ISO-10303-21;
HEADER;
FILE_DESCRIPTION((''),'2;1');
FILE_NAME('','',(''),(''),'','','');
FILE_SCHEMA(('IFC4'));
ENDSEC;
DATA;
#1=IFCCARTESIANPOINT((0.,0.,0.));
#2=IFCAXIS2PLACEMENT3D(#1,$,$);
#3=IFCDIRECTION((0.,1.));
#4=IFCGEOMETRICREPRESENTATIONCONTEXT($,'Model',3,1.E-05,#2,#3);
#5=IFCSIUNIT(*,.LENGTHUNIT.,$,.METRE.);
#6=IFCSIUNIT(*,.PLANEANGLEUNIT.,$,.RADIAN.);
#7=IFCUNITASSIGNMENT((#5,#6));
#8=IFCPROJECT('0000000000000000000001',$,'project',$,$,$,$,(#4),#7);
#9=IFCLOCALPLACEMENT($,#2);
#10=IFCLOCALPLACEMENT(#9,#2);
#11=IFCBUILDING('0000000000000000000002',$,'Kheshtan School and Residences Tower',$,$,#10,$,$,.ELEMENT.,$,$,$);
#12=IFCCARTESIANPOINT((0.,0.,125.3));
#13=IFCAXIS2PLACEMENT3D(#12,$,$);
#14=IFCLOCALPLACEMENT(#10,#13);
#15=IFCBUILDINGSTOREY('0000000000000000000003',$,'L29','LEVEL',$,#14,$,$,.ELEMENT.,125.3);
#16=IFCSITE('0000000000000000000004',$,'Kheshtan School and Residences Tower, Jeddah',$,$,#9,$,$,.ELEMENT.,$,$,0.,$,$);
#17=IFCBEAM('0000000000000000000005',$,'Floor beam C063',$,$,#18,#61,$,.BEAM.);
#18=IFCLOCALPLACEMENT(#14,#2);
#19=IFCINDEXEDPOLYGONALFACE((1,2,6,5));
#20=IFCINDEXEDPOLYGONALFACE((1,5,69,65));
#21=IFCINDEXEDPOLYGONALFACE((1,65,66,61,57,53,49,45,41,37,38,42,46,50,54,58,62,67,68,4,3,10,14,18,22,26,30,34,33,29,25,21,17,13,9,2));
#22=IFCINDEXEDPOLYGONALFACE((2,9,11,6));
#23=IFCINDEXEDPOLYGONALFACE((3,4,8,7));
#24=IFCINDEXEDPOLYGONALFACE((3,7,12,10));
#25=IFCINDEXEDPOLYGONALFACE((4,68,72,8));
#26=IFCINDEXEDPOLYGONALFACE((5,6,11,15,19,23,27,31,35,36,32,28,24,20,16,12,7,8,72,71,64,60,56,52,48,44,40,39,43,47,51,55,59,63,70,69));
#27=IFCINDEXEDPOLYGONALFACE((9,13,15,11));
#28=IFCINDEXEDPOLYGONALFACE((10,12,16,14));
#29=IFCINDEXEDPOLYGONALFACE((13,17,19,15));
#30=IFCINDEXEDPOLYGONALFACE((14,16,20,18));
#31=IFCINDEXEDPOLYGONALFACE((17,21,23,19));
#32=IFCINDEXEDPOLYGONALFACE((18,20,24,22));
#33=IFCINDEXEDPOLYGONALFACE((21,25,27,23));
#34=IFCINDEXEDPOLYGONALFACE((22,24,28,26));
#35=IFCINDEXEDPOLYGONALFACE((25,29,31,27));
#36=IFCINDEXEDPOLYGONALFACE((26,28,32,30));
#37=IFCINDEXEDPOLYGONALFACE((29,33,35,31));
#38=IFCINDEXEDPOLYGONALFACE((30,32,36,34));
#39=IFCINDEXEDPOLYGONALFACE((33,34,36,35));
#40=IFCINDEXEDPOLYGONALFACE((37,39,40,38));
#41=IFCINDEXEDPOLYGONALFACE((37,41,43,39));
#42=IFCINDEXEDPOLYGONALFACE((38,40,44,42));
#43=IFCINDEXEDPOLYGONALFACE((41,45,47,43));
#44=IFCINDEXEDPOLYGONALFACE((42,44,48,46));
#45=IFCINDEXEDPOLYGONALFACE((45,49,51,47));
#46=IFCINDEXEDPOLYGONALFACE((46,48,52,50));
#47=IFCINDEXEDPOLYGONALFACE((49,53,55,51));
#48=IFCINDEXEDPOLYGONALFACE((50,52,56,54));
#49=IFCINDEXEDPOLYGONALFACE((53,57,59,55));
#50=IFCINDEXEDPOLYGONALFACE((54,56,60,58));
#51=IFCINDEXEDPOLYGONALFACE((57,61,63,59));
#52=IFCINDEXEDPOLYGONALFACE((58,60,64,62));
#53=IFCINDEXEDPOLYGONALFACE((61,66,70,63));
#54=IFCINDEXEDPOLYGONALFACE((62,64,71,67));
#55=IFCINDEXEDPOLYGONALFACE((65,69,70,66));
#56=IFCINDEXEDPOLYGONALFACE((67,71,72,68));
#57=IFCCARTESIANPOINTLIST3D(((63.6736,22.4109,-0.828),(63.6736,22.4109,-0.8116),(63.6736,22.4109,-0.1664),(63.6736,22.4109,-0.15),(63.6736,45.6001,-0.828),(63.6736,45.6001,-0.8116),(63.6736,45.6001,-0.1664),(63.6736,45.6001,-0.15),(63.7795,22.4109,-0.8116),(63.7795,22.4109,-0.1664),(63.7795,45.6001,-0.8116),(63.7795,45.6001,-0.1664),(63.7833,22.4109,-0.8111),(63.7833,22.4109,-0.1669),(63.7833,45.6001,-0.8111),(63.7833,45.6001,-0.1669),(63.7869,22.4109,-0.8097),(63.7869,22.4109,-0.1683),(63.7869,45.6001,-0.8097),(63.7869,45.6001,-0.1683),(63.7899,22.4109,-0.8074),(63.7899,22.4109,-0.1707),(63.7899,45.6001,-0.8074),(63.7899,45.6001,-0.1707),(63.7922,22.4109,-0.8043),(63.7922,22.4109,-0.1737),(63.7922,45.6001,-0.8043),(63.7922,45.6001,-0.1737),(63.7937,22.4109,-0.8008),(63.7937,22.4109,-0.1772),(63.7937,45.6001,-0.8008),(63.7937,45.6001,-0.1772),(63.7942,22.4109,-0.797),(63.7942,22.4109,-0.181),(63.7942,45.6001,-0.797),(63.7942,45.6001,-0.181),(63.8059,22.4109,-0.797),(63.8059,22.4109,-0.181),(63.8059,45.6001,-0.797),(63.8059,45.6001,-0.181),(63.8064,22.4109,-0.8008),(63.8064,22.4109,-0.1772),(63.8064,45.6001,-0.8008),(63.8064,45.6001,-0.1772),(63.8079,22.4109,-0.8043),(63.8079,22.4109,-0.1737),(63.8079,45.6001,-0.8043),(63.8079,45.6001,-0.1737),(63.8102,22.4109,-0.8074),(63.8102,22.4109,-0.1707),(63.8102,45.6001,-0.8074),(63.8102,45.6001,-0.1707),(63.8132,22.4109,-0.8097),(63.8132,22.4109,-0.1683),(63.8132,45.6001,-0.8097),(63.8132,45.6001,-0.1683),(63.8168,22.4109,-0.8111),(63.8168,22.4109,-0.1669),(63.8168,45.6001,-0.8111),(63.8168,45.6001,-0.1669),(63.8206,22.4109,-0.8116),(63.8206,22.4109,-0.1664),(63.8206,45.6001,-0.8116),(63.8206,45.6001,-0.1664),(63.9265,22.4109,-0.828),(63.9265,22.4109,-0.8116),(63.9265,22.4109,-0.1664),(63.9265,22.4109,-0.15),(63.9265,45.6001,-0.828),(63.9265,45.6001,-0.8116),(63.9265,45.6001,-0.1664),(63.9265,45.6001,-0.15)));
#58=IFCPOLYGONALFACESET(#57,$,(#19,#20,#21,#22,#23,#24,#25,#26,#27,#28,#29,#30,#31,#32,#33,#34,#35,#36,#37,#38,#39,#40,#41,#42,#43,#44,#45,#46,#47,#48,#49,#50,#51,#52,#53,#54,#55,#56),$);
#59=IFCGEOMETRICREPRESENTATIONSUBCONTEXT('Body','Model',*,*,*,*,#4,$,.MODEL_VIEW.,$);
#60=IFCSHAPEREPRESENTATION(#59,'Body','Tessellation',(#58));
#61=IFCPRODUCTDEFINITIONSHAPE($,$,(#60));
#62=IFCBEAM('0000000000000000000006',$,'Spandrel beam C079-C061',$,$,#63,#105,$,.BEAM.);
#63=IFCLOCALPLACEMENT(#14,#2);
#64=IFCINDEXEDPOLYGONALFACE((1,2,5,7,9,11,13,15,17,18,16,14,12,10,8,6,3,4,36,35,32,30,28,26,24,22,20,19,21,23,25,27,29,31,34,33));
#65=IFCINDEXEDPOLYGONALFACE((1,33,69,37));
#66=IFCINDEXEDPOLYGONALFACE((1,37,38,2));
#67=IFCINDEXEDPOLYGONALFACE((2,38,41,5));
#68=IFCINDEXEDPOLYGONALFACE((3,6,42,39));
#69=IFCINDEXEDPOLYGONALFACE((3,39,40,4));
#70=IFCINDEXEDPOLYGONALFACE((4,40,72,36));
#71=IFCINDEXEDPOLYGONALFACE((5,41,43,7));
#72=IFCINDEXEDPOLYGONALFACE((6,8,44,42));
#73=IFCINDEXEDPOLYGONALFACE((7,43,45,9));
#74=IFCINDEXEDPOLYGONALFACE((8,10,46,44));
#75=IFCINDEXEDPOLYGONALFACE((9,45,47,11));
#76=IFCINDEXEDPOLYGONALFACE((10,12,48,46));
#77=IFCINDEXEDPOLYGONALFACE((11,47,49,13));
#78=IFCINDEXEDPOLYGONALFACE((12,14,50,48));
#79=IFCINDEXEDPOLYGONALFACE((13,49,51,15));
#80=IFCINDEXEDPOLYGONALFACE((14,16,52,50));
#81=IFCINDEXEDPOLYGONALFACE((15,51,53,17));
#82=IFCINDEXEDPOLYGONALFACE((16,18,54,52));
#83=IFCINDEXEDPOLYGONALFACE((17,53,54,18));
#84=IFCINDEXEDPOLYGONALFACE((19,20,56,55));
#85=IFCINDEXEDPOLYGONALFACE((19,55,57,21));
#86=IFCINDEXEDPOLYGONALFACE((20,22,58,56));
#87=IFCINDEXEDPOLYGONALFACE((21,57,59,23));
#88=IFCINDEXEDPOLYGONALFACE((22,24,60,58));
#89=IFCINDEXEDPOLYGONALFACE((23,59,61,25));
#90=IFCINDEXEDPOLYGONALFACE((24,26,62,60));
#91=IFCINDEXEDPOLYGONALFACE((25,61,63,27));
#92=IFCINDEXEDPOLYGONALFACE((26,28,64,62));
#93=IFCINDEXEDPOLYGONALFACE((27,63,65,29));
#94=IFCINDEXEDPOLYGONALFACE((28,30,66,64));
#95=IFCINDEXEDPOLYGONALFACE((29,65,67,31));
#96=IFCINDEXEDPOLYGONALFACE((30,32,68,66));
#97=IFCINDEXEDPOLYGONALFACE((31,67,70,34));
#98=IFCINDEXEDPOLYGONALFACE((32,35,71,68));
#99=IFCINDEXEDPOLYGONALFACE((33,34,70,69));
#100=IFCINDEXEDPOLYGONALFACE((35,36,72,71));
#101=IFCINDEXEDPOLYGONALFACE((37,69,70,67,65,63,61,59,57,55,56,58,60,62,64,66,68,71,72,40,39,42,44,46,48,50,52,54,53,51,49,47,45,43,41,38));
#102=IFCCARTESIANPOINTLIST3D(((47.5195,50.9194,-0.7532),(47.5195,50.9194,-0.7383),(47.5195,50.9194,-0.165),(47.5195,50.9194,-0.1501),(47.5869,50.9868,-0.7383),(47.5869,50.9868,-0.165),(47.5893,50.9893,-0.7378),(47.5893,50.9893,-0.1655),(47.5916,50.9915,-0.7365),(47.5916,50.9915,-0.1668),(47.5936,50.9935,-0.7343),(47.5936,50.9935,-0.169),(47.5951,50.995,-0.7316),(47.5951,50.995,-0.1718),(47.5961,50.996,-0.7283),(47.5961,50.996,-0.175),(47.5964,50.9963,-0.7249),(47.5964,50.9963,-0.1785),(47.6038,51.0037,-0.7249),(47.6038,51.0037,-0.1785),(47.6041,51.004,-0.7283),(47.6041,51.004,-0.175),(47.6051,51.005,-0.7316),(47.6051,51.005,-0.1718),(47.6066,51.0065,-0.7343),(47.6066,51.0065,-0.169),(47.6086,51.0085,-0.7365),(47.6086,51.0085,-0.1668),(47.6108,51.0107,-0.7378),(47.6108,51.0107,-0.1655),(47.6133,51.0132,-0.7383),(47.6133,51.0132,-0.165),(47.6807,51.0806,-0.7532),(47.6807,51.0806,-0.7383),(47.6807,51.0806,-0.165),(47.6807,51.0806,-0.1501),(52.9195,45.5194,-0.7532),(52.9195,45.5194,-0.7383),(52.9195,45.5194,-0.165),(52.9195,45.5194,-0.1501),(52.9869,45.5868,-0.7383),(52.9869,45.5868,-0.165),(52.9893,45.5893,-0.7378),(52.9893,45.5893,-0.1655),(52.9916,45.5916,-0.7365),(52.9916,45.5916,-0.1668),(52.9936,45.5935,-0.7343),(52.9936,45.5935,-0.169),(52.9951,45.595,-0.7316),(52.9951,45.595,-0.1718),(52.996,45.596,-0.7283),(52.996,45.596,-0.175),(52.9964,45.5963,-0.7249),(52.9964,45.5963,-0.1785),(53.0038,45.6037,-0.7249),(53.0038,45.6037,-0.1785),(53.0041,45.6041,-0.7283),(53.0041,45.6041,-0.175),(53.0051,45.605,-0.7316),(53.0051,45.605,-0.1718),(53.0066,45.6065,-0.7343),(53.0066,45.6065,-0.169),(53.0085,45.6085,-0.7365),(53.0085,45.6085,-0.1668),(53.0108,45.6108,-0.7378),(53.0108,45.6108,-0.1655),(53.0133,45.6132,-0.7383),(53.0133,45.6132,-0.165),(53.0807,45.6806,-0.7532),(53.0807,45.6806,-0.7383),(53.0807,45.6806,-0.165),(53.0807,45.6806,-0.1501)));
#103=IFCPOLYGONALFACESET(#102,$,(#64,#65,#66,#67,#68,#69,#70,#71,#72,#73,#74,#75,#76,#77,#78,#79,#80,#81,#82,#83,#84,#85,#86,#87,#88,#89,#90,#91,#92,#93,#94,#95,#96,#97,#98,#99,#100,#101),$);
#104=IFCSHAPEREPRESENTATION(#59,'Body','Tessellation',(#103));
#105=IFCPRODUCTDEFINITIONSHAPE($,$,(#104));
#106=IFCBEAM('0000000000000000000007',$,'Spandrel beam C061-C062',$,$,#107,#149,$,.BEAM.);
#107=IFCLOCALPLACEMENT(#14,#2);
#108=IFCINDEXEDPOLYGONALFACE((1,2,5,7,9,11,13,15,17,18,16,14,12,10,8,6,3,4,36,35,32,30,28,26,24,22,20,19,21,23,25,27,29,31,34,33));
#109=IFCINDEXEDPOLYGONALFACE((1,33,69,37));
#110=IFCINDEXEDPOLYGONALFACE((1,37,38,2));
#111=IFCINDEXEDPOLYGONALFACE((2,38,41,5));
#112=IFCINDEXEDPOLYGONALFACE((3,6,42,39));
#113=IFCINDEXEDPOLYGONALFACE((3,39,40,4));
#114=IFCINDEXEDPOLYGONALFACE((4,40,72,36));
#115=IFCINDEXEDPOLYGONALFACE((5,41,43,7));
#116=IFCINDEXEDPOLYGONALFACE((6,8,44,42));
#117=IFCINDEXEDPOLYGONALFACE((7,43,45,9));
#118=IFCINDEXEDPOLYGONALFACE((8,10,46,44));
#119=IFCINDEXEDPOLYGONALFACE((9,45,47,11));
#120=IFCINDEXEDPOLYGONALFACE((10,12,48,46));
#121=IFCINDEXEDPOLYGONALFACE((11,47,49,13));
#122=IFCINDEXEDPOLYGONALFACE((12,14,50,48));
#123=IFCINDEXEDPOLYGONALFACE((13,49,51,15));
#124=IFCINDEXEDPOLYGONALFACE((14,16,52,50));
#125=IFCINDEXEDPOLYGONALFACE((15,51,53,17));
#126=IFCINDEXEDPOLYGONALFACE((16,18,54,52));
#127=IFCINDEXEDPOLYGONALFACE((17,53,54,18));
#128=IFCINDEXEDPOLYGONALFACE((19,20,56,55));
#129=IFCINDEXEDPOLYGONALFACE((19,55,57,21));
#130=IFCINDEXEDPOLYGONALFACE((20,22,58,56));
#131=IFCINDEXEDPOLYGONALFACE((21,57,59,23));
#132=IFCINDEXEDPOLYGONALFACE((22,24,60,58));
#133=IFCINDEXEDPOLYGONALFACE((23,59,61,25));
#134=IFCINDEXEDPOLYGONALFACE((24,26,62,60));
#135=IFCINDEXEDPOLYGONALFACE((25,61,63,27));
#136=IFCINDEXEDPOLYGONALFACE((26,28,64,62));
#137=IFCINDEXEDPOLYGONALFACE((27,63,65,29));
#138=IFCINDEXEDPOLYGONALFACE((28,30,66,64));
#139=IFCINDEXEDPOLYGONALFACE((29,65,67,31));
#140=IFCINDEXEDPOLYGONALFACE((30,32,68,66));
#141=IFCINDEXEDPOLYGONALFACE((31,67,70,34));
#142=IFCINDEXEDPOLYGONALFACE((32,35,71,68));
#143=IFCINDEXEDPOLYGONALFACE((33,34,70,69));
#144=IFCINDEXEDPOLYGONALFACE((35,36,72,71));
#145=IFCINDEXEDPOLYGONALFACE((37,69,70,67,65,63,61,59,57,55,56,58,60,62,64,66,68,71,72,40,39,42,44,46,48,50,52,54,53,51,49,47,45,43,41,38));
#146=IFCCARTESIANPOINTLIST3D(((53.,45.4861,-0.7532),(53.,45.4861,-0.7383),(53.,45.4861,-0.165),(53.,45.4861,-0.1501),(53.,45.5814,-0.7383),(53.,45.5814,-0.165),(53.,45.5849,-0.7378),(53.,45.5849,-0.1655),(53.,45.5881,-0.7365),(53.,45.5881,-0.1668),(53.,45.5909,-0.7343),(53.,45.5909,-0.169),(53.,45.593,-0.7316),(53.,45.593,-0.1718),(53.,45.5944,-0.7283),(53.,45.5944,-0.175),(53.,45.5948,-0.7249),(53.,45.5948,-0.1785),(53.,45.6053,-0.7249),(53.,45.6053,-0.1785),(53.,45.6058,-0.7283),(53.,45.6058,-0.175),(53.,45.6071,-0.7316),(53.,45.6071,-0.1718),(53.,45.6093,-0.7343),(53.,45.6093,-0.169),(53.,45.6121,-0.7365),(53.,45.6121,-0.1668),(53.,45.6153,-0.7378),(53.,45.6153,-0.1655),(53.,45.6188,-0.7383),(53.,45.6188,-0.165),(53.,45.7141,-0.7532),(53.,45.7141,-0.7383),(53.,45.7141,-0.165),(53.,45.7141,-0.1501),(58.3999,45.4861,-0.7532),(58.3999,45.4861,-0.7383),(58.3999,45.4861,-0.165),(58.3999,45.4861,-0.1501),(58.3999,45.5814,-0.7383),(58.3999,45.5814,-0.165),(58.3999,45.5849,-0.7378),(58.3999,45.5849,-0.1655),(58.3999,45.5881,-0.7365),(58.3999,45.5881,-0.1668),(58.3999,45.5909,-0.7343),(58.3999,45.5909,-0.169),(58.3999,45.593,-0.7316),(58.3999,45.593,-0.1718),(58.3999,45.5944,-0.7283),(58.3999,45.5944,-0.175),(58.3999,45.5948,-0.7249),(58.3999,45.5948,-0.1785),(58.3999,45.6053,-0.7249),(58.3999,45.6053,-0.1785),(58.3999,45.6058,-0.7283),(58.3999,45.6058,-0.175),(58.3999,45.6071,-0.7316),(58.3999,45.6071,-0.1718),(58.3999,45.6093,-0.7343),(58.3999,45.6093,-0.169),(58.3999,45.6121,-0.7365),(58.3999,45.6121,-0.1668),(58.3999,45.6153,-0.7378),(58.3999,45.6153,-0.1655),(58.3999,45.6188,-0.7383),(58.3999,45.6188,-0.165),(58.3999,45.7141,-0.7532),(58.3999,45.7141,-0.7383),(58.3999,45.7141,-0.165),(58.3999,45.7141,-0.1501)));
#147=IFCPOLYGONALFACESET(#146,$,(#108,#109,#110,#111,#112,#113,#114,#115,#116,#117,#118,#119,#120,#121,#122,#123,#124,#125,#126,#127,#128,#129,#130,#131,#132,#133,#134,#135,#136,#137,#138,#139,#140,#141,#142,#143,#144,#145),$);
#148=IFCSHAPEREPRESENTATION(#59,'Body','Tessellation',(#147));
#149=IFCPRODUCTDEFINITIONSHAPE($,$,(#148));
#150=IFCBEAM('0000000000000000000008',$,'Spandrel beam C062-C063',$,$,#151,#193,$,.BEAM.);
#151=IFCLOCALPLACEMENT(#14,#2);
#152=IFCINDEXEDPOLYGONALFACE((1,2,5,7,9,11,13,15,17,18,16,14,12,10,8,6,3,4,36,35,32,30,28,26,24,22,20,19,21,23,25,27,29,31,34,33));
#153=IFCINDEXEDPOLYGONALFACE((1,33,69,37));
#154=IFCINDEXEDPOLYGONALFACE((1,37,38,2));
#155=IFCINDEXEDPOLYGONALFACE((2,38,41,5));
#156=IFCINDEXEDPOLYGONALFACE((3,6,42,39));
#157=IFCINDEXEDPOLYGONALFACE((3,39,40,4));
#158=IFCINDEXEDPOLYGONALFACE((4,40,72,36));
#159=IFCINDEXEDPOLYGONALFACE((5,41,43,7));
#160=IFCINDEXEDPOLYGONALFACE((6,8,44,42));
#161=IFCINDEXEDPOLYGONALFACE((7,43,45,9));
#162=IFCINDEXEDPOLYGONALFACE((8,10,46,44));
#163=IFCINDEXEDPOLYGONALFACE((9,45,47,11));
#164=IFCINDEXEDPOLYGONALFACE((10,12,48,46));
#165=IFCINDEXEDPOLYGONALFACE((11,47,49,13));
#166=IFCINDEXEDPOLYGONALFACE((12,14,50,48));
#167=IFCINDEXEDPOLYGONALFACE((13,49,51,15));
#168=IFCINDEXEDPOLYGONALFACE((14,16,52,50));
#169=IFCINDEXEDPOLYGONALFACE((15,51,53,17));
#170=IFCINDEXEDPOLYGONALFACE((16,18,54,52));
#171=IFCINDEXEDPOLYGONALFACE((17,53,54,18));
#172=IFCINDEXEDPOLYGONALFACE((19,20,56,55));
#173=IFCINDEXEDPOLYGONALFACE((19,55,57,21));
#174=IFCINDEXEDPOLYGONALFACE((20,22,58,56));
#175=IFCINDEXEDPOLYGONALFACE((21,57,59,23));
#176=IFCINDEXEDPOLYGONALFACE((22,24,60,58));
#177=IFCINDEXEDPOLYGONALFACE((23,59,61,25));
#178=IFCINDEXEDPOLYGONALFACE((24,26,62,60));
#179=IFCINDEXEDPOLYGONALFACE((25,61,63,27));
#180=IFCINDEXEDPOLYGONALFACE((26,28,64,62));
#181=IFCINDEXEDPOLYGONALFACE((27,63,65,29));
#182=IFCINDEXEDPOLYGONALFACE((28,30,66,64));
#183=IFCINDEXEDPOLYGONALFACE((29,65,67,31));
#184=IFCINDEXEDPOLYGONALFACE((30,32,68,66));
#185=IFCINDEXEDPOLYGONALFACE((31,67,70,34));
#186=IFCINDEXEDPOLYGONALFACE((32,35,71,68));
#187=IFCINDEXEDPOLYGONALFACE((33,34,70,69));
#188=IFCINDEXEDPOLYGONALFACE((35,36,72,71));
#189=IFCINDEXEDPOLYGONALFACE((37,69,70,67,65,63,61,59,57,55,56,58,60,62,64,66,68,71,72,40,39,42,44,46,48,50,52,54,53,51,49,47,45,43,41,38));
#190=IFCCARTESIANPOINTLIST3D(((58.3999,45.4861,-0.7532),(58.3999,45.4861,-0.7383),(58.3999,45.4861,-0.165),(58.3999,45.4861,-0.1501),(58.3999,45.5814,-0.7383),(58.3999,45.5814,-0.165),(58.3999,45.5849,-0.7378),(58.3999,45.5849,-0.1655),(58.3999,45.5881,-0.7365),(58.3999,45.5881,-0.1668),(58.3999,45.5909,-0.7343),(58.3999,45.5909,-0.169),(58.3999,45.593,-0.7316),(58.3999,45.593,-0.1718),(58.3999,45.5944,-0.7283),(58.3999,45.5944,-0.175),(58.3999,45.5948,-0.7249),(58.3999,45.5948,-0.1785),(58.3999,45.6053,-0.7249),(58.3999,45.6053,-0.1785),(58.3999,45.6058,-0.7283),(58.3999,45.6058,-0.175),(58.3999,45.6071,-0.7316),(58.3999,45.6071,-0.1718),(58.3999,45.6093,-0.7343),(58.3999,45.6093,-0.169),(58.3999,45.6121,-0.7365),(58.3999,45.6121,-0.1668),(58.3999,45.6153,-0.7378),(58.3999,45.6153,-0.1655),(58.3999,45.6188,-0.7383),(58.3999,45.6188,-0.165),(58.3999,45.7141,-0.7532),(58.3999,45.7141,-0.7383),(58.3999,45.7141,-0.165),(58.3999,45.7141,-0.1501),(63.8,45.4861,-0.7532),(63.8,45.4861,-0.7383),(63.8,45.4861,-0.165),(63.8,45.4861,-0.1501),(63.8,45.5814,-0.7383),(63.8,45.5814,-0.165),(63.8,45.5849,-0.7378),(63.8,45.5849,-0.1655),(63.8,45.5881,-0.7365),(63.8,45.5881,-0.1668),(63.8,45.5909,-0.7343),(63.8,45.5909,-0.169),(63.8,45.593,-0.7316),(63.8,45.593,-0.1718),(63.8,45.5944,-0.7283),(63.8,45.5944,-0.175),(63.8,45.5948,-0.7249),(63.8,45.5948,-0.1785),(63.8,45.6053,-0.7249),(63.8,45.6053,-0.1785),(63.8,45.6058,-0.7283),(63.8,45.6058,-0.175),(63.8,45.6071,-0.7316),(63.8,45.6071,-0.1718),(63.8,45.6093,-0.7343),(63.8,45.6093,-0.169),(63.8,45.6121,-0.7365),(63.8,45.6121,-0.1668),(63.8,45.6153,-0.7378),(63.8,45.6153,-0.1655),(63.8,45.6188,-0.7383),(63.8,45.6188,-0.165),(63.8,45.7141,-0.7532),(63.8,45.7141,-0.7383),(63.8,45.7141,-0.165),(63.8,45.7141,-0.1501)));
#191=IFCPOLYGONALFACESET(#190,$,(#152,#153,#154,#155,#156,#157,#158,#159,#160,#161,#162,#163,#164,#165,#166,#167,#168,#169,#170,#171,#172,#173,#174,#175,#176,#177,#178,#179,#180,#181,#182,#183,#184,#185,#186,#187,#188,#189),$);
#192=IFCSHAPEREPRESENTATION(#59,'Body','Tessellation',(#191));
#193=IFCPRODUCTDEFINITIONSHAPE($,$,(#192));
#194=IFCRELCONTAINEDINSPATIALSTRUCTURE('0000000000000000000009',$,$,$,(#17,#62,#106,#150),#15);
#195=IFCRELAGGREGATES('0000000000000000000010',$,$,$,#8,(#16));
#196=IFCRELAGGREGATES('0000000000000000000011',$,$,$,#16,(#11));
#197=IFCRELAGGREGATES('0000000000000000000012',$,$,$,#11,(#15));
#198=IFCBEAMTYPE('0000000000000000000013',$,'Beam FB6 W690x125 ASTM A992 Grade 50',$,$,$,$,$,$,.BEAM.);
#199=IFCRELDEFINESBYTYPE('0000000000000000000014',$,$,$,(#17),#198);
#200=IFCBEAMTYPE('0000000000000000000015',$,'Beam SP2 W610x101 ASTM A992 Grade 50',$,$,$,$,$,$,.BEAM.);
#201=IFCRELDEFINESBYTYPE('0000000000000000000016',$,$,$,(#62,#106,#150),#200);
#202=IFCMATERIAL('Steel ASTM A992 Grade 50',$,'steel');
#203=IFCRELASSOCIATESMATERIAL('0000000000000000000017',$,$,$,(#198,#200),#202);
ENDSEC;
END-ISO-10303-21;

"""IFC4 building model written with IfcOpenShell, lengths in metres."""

from ifc_helpers import new_model, si_unit, direction, frame, origin, origin_2d, place, context, subcontext, project, spatial, i_section, extrude, material, material_profile, profile_set, type_object, element, save


model = new_model("IFC4")

# Units and contexts
model_context = context("Model", 3, precision=1e-05, world=origin(), true_north=direction((0.0, 1.0)))
body_context = subcontext(model_context, "Body", "Model", "MODEL_VIEW")
ifc_project = project(units=[si_unit("LENGTHUNIT", "METRE"), si_unit("PLANEANGLEUNIT", "RADIAN")], contexts=[model_context])

# Site, building, storey
site_placement = place(None, origin())
site = spatial("IfcSite", under=ifc_project, at=site_placement, Name="Kheshtan School and Residences Tower, Jeddah", CompositionType="ELEMENT", RefElevation=0.0)
building_placement = place(site_placement, origin())
building = spatial("IfcBuilding", under=site, at=building_placement, Name="Kheshtan School and Residences Tower", CompositionType="ELEMENT")
storey_placement = place(building_placement, frame((0.0, 0.0, 125.3)))
storey = spatial("IfcBuildingStorey", under=building, at=storey_placement, Name="L29", Description="LEVEL", CompositionType="ELEMENT", Elevation=125.3)

# Shared definitions
ifc_material_1 = material(Name="Steel ASTM A992 Grade 50", Category="steel")

# Beams
ifc_material_profile_1 = material_profile(ifc_material_1, i_section(OverallWidth=0.2529, OverallDepth=0.678, WebThickness=0.0117, FlangeThickness=0.0164, FilletRadius=0.0146, at=origin_2d()), Name="W690x125")
ifc_profile_set_1 = profile_set([ifc_material_profile_1], Name="Steel ASTM A992 Grade 50")
beam_type_1 = type_object("IfcBeamType", Name="Beam FB6 W690x125 ASTM A992 Grade 50", PredefinedType="BEAM", material=ifc_profile_set_1)
beam_1_placement = place(storey_placement, frame((63.8, 45.6001, -0.489), z_axis=(0.0, -1.0, 0.0), x_axis=(1.0, 0.0, 0.0)))
element("IfcBeam", 1, at=beam_1_placement, inside=storey, type_object=beam_type_1, Name="Floor beam C063", PredefinedType="BEAM", context=body_context, shape_type="SweptSolid", body=[
    extrude(i_section(OverallWidth=0.2529, OverallDepth=0.678, WebThickness=0.0117, FlangeThickness=0.0164, FilletRadius=0.0146, at=origin_2d()), origin(), (0.0, 0.0, 1.0), 23.1892),
])
ifc_material_profile_2 = material_profile(ifc_material_1, i_section(OverallWidth=0.228, OverallDepth=0.603, WebThickness=0.0105, FlangeThickness=0.0149, FilletRadius=0.0134, at=origin_2d()), Name="W610x101")
ifc_profile_set_2 = profile_set([ifc_material_profile_2], Name="Steel ASTM A992 Grade 50")
beam_type_2 = type_object("IfcBeamType", Name="Beam SP2 W610x101 ASTM A992 Grade 50", PredefinedType="BEAM", material=ifc_profile_set_2)
beam_2_placement = place(storey_placement, frame((47.6001, 51.0, -0.4517), z_axis=(0.707107, -0.707107, 0.0), x_axis=(0.707107, 0.707107, 0.0)))
element("IfcBeam", 2, at=beam_2_placement, inside=storey, type_object=beam_type_2, Name="Spandrel beam C079-C061", PredefinedType="BEAM", context=body_context, shape_type="SweptSolid", body=[
    extrude(i_section(OverallWidth=0.228, OverallDepth=0.603, WebThickness=0.0105, FlangeThickness=0.0149, FilletRadius=0.0134, at=origin_2d()), origin(), (0.0, 0.0, 1.0), 7.6367),
])
beam_3_placement = place(storey_placement, frame((53.0, 45.6001, -0.4517), z_axis=(1.0, 0.0, 0.0), x_axis=(0.0, 1.0, 0.0)))
element("IfcBeam", 3, at=beam_3_placement, inside=storey, type_object=beam_type_2, Name="Spandrel beam C061-C062", PredefinedType="BEAM", context=body_context, shape_type="SweptSolid", body=[
    extrude(i_section(OverallWidth=0.228, OverallDepth=0.603, WebThickness=0.0105, FlangeThickness=0.0149, FilletRadius=0.0134, at=origin_2d()), origin(), (0.0, 0.0, 1.0), 5.3999),
])
beam_4_placement = place(storey_placement, frame((58.3999, 45.6001, -0.4517), z_axis=(1.0, 0.0, 0.0), x_axis=(0.0, 1.0, 0.0)))
element("IfcBeam", 4, at=beam_4_placement, inside=storey, type_object=beam_type_2, Name="Spandrel beam C062-C063", PredefinedType="BEAM", context=body_context, shape_type="SweptSolid", body=[
    extrude(i_section(OverallWidth=0.228, OverallDepth=0.603, WebThickness=0.0105, FlangeThickness=0.0149, FilletRadius=0.0134, at=origin_2d()), origin(), (0.0, 0.0, 1.0), 5.4001),
])

save(model, "model.ifc")
